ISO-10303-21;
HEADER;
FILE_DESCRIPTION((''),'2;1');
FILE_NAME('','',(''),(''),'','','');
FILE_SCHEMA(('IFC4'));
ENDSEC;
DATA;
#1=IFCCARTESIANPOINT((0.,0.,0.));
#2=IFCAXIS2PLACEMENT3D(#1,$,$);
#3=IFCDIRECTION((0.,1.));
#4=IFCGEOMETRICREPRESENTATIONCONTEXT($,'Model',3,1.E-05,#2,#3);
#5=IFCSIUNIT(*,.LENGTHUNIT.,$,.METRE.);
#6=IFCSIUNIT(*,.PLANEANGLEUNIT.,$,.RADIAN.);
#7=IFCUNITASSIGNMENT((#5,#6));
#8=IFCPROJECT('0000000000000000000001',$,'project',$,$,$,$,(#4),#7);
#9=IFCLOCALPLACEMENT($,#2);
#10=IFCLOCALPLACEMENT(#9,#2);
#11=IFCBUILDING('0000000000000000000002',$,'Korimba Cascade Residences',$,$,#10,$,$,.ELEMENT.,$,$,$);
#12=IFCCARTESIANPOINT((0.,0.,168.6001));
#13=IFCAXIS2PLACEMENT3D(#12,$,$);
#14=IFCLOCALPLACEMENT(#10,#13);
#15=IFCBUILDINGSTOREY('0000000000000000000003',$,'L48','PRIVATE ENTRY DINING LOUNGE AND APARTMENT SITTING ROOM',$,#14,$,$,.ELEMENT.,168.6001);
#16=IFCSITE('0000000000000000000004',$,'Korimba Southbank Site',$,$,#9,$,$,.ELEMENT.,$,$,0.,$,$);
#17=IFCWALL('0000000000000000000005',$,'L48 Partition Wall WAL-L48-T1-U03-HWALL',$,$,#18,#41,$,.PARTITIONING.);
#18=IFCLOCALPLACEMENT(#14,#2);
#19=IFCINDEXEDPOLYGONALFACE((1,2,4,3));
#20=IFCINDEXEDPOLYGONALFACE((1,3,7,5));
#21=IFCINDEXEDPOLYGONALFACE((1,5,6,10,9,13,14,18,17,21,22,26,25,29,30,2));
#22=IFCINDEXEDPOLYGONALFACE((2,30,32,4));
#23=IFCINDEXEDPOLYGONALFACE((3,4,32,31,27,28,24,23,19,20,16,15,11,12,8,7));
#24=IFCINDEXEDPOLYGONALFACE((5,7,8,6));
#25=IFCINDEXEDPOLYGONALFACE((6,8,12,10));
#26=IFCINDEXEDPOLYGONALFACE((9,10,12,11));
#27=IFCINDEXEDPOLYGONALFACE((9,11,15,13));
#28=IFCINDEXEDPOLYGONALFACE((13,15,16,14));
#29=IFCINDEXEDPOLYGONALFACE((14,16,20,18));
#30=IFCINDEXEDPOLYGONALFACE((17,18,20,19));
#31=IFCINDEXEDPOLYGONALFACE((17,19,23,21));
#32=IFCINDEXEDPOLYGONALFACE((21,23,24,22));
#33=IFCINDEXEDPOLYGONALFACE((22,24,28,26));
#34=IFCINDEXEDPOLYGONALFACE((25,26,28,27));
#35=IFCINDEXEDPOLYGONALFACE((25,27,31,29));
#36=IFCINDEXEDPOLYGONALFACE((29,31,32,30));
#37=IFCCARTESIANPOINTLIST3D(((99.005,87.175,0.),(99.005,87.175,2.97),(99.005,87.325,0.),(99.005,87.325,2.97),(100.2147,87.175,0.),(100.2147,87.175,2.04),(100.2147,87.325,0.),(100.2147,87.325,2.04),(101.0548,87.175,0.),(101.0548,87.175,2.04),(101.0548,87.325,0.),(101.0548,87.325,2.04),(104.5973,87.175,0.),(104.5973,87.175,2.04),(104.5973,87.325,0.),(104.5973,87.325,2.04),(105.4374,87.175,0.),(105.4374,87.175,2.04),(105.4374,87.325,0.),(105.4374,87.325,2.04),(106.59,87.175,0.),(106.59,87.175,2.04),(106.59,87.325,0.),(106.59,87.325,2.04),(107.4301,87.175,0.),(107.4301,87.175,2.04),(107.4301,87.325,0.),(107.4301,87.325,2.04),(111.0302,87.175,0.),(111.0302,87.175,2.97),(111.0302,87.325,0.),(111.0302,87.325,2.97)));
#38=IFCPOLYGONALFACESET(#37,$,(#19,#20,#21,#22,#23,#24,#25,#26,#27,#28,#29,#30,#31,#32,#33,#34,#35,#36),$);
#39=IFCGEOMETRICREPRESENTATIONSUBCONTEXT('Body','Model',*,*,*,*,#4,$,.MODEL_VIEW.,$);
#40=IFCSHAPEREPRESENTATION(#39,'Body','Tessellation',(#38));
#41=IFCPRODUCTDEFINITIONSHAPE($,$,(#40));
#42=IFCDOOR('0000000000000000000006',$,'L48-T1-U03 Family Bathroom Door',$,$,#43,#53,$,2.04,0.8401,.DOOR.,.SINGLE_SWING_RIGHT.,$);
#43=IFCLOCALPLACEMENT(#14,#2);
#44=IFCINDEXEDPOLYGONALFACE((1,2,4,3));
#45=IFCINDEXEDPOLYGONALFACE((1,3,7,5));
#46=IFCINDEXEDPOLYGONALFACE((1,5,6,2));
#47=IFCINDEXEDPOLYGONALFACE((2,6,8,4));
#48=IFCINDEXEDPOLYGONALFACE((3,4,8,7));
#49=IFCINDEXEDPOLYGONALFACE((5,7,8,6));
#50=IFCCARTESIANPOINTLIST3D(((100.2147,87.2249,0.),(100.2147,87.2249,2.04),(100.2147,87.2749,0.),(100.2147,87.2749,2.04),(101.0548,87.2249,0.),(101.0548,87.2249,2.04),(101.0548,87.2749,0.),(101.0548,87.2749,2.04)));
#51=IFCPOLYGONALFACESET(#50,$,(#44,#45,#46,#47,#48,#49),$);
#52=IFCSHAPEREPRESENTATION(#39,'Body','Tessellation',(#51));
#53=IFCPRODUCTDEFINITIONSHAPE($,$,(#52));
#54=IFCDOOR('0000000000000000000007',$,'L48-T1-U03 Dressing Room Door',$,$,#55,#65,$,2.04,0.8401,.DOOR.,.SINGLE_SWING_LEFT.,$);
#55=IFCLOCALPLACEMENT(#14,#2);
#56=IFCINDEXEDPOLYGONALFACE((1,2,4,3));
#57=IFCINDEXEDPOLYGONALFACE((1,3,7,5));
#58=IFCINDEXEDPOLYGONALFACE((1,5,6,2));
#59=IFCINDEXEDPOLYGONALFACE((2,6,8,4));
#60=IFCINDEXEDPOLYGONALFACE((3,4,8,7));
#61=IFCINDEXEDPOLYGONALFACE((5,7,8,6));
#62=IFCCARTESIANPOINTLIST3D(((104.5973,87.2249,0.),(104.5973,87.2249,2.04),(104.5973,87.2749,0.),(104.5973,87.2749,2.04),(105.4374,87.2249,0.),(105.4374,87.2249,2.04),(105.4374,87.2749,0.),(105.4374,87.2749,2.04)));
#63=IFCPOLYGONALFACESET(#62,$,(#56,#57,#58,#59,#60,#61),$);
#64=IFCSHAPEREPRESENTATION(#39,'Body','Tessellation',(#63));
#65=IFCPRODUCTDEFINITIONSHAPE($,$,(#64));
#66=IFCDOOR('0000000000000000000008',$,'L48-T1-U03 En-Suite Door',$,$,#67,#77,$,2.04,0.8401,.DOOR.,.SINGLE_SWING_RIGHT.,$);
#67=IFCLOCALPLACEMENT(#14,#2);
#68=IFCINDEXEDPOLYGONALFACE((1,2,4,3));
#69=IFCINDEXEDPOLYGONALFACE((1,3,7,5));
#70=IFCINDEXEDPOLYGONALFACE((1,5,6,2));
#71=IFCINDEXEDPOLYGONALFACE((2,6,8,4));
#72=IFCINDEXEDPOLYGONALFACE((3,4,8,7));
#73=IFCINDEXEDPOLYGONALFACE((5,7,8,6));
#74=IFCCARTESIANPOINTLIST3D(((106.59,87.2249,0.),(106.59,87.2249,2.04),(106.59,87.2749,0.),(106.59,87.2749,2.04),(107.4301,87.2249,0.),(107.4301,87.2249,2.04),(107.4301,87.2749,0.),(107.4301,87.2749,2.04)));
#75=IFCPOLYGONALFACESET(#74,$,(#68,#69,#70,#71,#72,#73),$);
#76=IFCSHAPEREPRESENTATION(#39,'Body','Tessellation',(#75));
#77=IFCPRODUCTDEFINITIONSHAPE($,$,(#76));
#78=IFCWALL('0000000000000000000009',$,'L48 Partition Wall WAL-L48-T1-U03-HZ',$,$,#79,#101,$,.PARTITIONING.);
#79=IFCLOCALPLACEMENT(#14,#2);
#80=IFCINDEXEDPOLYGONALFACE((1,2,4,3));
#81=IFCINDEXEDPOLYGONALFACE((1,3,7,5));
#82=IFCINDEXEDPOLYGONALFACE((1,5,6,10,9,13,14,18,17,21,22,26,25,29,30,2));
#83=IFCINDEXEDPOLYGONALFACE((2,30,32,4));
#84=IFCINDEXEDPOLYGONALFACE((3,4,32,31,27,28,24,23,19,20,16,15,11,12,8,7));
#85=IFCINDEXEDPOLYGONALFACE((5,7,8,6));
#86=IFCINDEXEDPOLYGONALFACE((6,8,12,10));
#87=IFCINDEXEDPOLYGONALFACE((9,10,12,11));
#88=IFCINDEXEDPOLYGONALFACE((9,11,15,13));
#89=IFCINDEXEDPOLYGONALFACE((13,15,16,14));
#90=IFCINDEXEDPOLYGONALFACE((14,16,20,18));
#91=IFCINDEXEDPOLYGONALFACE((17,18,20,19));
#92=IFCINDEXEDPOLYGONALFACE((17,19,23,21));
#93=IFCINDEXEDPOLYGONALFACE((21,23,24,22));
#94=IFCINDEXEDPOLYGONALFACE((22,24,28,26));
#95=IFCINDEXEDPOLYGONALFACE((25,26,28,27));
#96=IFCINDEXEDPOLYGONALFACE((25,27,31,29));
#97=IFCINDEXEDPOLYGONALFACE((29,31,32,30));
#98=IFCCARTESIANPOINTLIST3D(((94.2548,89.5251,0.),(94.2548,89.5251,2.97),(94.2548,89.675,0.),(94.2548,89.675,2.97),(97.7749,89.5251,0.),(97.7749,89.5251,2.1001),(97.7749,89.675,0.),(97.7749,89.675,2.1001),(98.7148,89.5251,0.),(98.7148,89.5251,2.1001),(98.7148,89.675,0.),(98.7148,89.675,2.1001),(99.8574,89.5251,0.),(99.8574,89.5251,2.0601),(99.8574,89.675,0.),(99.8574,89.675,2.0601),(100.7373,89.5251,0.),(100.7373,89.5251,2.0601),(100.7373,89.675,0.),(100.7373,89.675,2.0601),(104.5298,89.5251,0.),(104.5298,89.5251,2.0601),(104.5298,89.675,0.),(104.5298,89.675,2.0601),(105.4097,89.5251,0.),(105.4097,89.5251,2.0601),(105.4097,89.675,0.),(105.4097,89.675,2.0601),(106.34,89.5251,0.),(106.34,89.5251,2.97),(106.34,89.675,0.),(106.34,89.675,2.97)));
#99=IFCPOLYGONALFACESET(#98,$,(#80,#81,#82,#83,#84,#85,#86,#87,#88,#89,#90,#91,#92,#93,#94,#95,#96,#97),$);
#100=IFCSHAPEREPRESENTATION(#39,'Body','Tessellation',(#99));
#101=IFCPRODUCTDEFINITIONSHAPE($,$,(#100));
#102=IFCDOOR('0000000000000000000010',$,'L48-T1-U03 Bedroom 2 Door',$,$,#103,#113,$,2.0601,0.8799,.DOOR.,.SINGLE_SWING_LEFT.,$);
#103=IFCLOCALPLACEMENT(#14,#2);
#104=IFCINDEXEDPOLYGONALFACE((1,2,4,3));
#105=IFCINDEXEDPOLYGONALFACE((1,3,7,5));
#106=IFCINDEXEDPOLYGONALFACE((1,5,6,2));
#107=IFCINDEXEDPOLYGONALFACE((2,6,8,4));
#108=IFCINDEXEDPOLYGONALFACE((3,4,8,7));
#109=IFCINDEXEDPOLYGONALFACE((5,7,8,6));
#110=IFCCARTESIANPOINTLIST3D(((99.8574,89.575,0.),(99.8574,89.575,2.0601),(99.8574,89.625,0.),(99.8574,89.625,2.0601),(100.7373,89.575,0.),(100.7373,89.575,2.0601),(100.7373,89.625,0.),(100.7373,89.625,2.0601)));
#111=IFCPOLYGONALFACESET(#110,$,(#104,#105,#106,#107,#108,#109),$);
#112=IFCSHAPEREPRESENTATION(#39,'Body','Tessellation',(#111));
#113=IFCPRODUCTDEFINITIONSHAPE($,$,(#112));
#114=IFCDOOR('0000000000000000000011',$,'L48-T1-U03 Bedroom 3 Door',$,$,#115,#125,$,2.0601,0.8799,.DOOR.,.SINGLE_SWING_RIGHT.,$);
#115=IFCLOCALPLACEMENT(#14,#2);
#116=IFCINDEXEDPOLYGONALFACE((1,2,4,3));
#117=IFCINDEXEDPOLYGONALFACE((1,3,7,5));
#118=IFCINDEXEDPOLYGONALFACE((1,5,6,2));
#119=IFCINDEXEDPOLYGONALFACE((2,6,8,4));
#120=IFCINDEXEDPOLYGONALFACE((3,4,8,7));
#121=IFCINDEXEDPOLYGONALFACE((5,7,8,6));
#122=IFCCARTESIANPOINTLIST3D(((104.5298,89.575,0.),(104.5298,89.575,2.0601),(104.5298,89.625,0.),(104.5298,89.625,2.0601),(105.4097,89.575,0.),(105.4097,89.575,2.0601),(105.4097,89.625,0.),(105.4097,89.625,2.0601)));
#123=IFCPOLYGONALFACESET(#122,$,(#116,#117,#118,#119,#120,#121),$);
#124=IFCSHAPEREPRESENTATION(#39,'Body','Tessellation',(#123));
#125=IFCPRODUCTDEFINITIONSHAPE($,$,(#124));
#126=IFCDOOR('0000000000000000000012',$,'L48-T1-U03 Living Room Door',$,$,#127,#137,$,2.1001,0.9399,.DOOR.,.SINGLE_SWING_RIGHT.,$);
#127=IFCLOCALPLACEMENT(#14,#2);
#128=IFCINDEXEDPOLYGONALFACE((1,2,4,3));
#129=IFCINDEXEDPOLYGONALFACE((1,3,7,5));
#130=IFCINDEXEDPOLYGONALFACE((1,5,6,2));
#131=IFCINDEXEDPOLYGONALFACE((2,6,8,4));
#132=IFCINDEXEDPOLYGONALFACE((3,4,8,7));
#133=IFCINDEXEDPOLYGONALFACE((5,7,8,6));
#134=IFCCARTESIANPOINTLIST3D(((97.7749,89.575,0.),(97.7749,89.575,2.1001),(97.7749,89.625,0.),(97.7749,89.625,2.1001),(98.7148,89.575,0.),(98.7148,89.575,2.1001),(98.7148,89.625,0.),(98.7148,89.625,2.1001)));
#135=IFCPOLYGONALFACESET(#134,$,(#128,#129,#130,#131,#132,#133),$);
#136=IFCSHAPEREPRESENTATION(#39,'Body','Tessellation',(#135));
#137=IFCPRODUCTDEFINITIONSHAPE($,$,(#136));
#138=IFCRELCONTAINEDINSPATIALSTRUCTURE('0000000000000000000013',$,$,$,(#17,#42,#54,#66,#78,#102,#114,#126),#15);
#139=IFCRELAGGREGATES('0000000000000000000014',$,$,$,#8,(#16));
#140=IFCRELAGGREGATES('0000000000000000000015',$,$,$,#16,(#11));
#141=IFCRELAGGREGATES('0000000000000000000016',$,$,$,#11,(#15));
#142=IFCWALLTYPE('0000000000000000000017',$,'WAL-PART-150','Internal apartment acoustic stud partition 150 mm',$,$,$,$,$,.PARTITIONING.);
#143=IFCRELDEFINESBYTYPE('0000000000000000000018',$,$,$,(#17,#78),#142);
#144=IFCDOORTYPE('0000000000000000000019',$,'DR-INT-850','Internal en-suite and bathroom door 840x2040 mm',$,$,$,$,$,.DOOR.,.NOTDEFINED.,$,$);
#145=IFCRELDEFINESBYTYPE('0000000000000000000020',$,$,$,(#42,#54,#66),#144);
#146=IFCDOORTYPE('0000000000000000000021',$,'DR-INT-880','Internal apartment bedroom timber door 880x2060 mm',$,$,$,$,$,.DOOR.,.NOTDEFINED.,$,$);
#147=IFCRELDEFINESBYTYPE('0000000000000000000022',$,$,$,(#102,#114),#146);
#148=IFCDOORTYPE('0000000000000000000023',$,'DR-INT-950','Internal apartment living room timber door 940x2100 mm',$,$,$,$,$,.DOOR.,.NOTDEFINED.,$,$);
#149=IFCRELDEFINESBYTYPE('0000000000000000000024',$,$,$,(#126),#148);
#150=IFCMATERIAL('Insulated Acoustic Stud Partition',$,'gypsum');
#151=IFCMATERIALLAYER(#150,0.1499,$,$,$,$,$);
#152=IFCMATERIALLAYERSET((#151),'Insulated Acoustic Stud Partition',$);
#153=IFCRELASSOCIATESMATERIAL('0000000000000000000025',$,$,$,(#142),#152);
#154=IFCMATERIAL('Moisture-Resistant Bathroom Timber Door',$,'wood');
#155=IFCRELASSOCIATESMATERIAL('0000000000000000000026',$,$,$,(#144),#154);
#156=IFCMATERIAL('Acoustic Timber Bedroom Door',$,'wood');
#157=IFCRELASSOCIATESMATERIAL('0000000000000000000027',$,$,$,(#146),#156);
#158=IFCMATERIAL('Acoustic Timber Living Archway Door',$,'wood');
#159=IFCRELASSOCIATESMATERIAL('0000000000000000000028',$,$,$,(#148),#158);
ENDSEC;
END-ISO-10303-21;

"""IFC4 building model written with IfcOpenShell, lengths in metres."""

from ifc_helpers import new_model, si_unit, direction, frame, frame_2d, origin, place, context, subcontext, project, spatial, rectangle, extrude, material, layer, layer_set, type_object, element, fill, save


model = new_model("IFC4")

# Units and contexts
model_context = context("Model", 3, precision=1e-05, world=origin(), true_north=direction((0.0, 1.0)))
body_context = subcontext(model_context, "Body", "Model", "MODEL_VIEW")
ifc_project = project(units=[si_unit("LENGTHUNIT", "METRE"), si_unit("PLANEANGLEUNIT", "RADIAN")], contexts=[model_context])

# Site, building, storey
site_placement = place(None, origin())
site = spatial("IfcSite", under=ifc_project, at=site_placement, Name="Korimba Southbank Site", CompositionType="ELEMENT", RefElevation=0.0)
building_placement = place(site_placement, origin())
building = spatial("IfcBuilding", under=site, at=building_placement, Name="Korimba Cascade Residences", CompositionType="ELEMENT")
storey_placement = place(building_placement, frame((0.0, 0.0, 168.6001)))
storey = spatial("IfcBuildingStorey", under=building, at=storey_placement, Name="L48", Description="PRIVATE ENTRY DINING LOUNGE AND APARTMENT SITTING ROOM", CompositionType="ELEMENT", Elevation=168.6001)

# Shared definitions
ifc_material_1 = material(Name="Insulated Acoustic Stud Partition", Category="gypsum")
ifc_layer = layer(ifc_material_1, 0.1499)
ifc_layer_set = layer_set([ifc_layer], Name="Insulated Acoustic Stud Partition")
wall_type = type_object("IfcWallType", Name="WAL-PART-150", Description="Internal apartment acoustic stud partition 150 mm", PredefinedType="PARTITIONING", material=ifc_layer_set)

# Walls, openings, doors
wall_1_placement = place(storey_placement, frame((99.0049, 87.25, 0.0), z_axis=(0.0, 0.0, 1.0), x_axis=(1.0, 0.0, 0.0)))
wall_1 = element("IfcWall", 1, at=wall_1_placement, inside=storey, type_object=wall_type, Name="L48 Partition Wall WAL-L48-T1-U03-HWALL", PredefinedType="PARTITIONING", context=body_context, shape_type="SweptSolid", body=[
    extrude(rectangle(XDim=12.0251, YDim=0.1499, at=frame_2d((6.0127, 0.0))), origin(), (0.0, 0.0, 1.0), 2.97),
])
opening_1_placement = place(wall_1_placement, frame((1.21, 0.0, 0.0)))
opening_1 = element("IfcOpeningElement", 2, at=opening_1_placement, cuts=wall_1, PredefinedType="OPENING", context=body_context, shape_type="SweptSolid", body=[
    extrude(rectangle(XDim=0.8401, YDim=2.04, at=frame_2d((0.4199, 1.02))), frame((0.0, 0.085, 0.0), z_axis=(0.0, -1.0, 0.0), x_axis=(1.0, 0.0, 0.0)), (0.0, 0.0, 1.0), 0.1699),
])
opening_2_placement = place(wall_1_placement, frame((5.5925, 0.0, 0.0)))
opening_2 = element("IfcOpeningElement", 3, at=opening_2_placement, cuts=wall_1, PredefinedType="OPENING", context=body_context, shape_type="SweptSolid", body=[
    extrude(rectangle(XDim=0.8401, YDim=2.04, at=frame_2d((0.4199, 1.02))), frame((0.0, 0.085, 0.0), z_axis=(0.0, -1.0, 0.0), x_axis=(1.0, 0.0, 0.0)), (0.0, 0.0, 1.0), 0.1699),
])
opening_3_placement = place(wall_1_placement, frame((7.5852, 0.0, 0.0)))
opening_3 = element("IfcOpeningElement", 4, at=opening_3_placement, cuts=wall_1, PredefinedType="OPENING", context=body_context, shape_type="SweptSolid", body=[
    extrude(rectangle(XDim=0.8401, YDim=2.04, at=frame_2d((0.4199, 1.02))), frame((0.0, 0.085, 0.0), z_axis=(0.0, -1.0, 0.0), x_axis=(1.0, 0.0, 0.0)), (0.0, 0.0, 1.0), 0.1699),
])
ifc_material_2 = material(Name="Moisture-Resistant Bathroom Timber Door", Category="wood")
door_type_1 = type_object("IfcDoorType", Name="DR-INT-850", Description="Internal en-suite and bathroom door 840x2040 mm", OperationType="NOTDEFINED", PredefinedType="DOOR", material=ifc_material_2)
door_1_placement = place(opening_1_placement, origin())
door_1 = element("IfcDoor", 5, at=door_1_placement, inside=storey, type_object=door_type_1, Name="L48-T1-U03 Family Bathroom Door", OperationType="SINGLE_SWING_RIGHT", OverallHeight=2.04, OverallWidth=0.8401, PredefinedType="DOOR", context=body_context, shape_type="SweptSolid", body=[
    extrude(rectangle(XDim=0.8401, YDim=2.04, at=frame_2d((0.4199, 1.02))), frame((0.0, 0.0249, 0.0), z_axis=(0.0, -1.0, 0.0), x_axis=(1.0, 0.0, 0.0)), (0.0, 0.0, 1.0), 0.05),
])
fill(opening_1, door_1)
door_2_placement = place(opening_2_placement, origin())
door_2 = element("IfcDoor", 6, at=door_2_placement, inside=storey, type_object=door_type_1, Name="L48-T1-U03 Dressing Room Door", OperationType="SINGLE_SWING_LEFT", OverallHeight=2.04, OverallWidth=0.8401, PredefinedType="DOOR", context=body_context, shape_type="SweptSolid", body=[
    extrude(rectangle(XDim=0.8401, YDim=2.04, at=frame_2d((0.4199, 1.02))), frame((0.0, 0.0249, 0.0), z_axis=(0.0, -1.0, 0.0), x_axis=(1.0, 0.0, 0.0)), (0.0, 0.0, 1.0), 0.05),
])
fill(opening_2, door_2)
door_3_placement = place(opening_3_placement, origin())
door_3 = element("IfcDoor", 7, at=door_3_placement, inside=storey, type_object=door_type_1, Name="L48-T1-U03 En-Suite Door", OperationType="SINGLE_SWING_RIGHT", OverallHeight=2.04, OverallWidth=0.8401, PredefinedType="DOOR", context=body_context, shape_type="SweptSolid", body=[
    extrude(rectangle(XDim=0.8401, YDim=2.04, at=frame_2d((0.4199, 1.02))), frame((0.0, 0.0249, 0.0), z_axis=(0.0, -1.0, 0.0), x_axis=(1.0, 0.0, 0.0)), (0.0, 0.0, 1.0), 0.05),
])
fill(opening_3, door_3)
wall_2_placement = place(storey_placement, frame((94.2549, 89.6001, 0.0), z_axis=(0.0, 0.0, 1.0), x_axis=(1.0, 0.0, 0.0)))
wall_2 = element("IfcWall", 8, at=wall_2_placement, inside=storey, type_object=wall_type, Name="L48 Partition Wall WAL-L48-T1-U03-HZ", PredefinedType="PARTITIONING", context=body_context, shape_type="SweptSolid", body=[
    extrude(rectangle(XDim=12.0852, YDim=0.1499, at=frame_2d((6.0425, 0.0))), origin(), (0.0, 0.0, 1.0), 2.97),
])
opening_4_placement = place(wall_2_placement, frame((3.52, 0.0, 0.0)))
opening_4 = element("IfcOpeningElement", 9, at=opening_4_placement, cuts=wall_2, PredefinedType="OPENING", context=body_context, shape_type="SweptSolid", body=[
    extrude(rectangle(XDim=0.9399, YDim=2.1001, at=frame_2d((0.47, 1.05))), frame((0.0, 0.085, 0.0), z_axis=(0.0, -1.0, 0.0), x_axis=(1.0, 0.0, 0.0)), (0.0, 0.0, 1.0), 0.1699),
])
opening_5_placement = place(wall_2_placement, frame((5.6025, 0.0, 0.0)))
opening_5 = element("IfcOpeningElement", 10, at=opening_5_placement, cuts=wall_2, PredefinedType="OPENING", context=body_context, shape_type="SweptSolid", body=[
    extrude(rectangle(XDim=0.8799, YDim=2.0601, at=frame_2d((0.4399, 1.03))), frame((0.0, 0.085, 0.0), z_axis=(0.0, -1.0, 0.0), x_axis=(1.0, 0.0, 0.0)), (0.0, 0.0, 1.0), 0.1699),
])
opening_6_placement = place(wall_2_placement, frame((10.2749, 0.0, 0.0)))
opening_6 = element("IfcOpeningElement", 11, at=opening_6_placement, cuts=wall_2, PredefinedType="OPENING", context=body_context, shape_type="SweptSolid", body=[
    extrude(rectangle(XDim=0.8799, YDim=2.0601, at=frame_2d((0.4399, 1.03))), frame((0.0, 0.085, 0.0), z_axis=(0.0, -1.0, 0.0), x_axis=(1.0, 0.0, 0.0)), (0.0, 0.0, 1.0), 0.1699),
])
ifc_material_3 = material(Name="Acoustic Timber Bedroom Door", Category="wood")
door_type_2 = type_object("IfcDoorType", Name="DR-INT-880", Description="Internal apartment bedroom timber door 880x2060 mm", OperationType="NOTDEFINED", PredefinedType="DOOR", material=ifc_material_3)
door_4_placement = place(opening_5_placement, origin())
door_4 = element("IfcDoor", 12, at=door_4_placement, inside=storey, type_object=door_type_2, Name="L48-T1-U03 Bedroom 2 Door", OperationType="SINGLE_SWING_LEFT", OverallHeight=2.0601, OverallWidth=0.8799, PredefinedType="DOOR", context=body_context, shape_type="SweptSolid", body=[
    extrude(rectangle(XDim=0.8799, YDim=2.0601, at=frame_2d((0.4399, 1.03))), frame((0.0, 0.0249, 0.0), z_axis=(0.0, -1.0, 0.0), x_axis=(1.0, 0.0, 0.0)), (0.0, 0.0, 1.0), 0.05),
])
fill(opening_5, door_4)
door_5_placement = place(opening_6_placement, origin())
door_5 = element("IfcDoor", 13, at=door_5_placement, inside=storey, type_object=door_type_2, Name="L48-T1-U03 Bedroom 3 Door", OperationType="SINGLE_SWING_RIGHT", OverallHeight=2.0601, OverallWidth=0.8799, PredefinedType="DOOR", context=body_context, shape_type="SweptSolid", body=[
    extrude(rectangle(XDim=0.8799, YDim=2.0601, at=frame_2d((0.4399, 1.03))), frame((0.0, 0.0249, 0.0), z_axis=(0.0, -1.0, 0.0), x_axis=(1.0, 0.0, 0.0)), (0.0, 0.0, 1.0), 0.05),
])
fill(opening_6, door_5)
ifc_material_4 = material(Name="Acoustic Timber Living Archway Door", Category="wood")
door_type_3 = type_object("IfcDoorType", Name="DR-INT-950", Description="Internal apartment living room timber door 940x2100 mm", OperationType="NOTDEFINED", PredefinedType="DOOR", material=ifc_material_4)
door_6_placement = place(opening_4_placement, origin())
door_6 = element("IfcDoor", 14, at=door_6_placement, inside=storey, type_object=door_type_3, Name="L48-T1-U03 Living Room Door", OperationType="SINGLE_SWING_RIGHT", OverallHeight=2.1001, OverallWidth=0.9399, PredefinedType="DOOR", context=body_context, shape_type="SweptSolid", body=[
    extrude(rectangle(XDim=0.9399, YDim=2.1001, at=frame_2d((0.47, 1.05))), frame((0.0, 0.0249, 0.0), z_axis=(0.0, -1.0, 0.0), x_axis=(1.0, 0.0, 0.0)), (0.0, 0.0, 1.0), 0.05),
])
fill(opening_4, door_6)

save(model, "model.ifc")
